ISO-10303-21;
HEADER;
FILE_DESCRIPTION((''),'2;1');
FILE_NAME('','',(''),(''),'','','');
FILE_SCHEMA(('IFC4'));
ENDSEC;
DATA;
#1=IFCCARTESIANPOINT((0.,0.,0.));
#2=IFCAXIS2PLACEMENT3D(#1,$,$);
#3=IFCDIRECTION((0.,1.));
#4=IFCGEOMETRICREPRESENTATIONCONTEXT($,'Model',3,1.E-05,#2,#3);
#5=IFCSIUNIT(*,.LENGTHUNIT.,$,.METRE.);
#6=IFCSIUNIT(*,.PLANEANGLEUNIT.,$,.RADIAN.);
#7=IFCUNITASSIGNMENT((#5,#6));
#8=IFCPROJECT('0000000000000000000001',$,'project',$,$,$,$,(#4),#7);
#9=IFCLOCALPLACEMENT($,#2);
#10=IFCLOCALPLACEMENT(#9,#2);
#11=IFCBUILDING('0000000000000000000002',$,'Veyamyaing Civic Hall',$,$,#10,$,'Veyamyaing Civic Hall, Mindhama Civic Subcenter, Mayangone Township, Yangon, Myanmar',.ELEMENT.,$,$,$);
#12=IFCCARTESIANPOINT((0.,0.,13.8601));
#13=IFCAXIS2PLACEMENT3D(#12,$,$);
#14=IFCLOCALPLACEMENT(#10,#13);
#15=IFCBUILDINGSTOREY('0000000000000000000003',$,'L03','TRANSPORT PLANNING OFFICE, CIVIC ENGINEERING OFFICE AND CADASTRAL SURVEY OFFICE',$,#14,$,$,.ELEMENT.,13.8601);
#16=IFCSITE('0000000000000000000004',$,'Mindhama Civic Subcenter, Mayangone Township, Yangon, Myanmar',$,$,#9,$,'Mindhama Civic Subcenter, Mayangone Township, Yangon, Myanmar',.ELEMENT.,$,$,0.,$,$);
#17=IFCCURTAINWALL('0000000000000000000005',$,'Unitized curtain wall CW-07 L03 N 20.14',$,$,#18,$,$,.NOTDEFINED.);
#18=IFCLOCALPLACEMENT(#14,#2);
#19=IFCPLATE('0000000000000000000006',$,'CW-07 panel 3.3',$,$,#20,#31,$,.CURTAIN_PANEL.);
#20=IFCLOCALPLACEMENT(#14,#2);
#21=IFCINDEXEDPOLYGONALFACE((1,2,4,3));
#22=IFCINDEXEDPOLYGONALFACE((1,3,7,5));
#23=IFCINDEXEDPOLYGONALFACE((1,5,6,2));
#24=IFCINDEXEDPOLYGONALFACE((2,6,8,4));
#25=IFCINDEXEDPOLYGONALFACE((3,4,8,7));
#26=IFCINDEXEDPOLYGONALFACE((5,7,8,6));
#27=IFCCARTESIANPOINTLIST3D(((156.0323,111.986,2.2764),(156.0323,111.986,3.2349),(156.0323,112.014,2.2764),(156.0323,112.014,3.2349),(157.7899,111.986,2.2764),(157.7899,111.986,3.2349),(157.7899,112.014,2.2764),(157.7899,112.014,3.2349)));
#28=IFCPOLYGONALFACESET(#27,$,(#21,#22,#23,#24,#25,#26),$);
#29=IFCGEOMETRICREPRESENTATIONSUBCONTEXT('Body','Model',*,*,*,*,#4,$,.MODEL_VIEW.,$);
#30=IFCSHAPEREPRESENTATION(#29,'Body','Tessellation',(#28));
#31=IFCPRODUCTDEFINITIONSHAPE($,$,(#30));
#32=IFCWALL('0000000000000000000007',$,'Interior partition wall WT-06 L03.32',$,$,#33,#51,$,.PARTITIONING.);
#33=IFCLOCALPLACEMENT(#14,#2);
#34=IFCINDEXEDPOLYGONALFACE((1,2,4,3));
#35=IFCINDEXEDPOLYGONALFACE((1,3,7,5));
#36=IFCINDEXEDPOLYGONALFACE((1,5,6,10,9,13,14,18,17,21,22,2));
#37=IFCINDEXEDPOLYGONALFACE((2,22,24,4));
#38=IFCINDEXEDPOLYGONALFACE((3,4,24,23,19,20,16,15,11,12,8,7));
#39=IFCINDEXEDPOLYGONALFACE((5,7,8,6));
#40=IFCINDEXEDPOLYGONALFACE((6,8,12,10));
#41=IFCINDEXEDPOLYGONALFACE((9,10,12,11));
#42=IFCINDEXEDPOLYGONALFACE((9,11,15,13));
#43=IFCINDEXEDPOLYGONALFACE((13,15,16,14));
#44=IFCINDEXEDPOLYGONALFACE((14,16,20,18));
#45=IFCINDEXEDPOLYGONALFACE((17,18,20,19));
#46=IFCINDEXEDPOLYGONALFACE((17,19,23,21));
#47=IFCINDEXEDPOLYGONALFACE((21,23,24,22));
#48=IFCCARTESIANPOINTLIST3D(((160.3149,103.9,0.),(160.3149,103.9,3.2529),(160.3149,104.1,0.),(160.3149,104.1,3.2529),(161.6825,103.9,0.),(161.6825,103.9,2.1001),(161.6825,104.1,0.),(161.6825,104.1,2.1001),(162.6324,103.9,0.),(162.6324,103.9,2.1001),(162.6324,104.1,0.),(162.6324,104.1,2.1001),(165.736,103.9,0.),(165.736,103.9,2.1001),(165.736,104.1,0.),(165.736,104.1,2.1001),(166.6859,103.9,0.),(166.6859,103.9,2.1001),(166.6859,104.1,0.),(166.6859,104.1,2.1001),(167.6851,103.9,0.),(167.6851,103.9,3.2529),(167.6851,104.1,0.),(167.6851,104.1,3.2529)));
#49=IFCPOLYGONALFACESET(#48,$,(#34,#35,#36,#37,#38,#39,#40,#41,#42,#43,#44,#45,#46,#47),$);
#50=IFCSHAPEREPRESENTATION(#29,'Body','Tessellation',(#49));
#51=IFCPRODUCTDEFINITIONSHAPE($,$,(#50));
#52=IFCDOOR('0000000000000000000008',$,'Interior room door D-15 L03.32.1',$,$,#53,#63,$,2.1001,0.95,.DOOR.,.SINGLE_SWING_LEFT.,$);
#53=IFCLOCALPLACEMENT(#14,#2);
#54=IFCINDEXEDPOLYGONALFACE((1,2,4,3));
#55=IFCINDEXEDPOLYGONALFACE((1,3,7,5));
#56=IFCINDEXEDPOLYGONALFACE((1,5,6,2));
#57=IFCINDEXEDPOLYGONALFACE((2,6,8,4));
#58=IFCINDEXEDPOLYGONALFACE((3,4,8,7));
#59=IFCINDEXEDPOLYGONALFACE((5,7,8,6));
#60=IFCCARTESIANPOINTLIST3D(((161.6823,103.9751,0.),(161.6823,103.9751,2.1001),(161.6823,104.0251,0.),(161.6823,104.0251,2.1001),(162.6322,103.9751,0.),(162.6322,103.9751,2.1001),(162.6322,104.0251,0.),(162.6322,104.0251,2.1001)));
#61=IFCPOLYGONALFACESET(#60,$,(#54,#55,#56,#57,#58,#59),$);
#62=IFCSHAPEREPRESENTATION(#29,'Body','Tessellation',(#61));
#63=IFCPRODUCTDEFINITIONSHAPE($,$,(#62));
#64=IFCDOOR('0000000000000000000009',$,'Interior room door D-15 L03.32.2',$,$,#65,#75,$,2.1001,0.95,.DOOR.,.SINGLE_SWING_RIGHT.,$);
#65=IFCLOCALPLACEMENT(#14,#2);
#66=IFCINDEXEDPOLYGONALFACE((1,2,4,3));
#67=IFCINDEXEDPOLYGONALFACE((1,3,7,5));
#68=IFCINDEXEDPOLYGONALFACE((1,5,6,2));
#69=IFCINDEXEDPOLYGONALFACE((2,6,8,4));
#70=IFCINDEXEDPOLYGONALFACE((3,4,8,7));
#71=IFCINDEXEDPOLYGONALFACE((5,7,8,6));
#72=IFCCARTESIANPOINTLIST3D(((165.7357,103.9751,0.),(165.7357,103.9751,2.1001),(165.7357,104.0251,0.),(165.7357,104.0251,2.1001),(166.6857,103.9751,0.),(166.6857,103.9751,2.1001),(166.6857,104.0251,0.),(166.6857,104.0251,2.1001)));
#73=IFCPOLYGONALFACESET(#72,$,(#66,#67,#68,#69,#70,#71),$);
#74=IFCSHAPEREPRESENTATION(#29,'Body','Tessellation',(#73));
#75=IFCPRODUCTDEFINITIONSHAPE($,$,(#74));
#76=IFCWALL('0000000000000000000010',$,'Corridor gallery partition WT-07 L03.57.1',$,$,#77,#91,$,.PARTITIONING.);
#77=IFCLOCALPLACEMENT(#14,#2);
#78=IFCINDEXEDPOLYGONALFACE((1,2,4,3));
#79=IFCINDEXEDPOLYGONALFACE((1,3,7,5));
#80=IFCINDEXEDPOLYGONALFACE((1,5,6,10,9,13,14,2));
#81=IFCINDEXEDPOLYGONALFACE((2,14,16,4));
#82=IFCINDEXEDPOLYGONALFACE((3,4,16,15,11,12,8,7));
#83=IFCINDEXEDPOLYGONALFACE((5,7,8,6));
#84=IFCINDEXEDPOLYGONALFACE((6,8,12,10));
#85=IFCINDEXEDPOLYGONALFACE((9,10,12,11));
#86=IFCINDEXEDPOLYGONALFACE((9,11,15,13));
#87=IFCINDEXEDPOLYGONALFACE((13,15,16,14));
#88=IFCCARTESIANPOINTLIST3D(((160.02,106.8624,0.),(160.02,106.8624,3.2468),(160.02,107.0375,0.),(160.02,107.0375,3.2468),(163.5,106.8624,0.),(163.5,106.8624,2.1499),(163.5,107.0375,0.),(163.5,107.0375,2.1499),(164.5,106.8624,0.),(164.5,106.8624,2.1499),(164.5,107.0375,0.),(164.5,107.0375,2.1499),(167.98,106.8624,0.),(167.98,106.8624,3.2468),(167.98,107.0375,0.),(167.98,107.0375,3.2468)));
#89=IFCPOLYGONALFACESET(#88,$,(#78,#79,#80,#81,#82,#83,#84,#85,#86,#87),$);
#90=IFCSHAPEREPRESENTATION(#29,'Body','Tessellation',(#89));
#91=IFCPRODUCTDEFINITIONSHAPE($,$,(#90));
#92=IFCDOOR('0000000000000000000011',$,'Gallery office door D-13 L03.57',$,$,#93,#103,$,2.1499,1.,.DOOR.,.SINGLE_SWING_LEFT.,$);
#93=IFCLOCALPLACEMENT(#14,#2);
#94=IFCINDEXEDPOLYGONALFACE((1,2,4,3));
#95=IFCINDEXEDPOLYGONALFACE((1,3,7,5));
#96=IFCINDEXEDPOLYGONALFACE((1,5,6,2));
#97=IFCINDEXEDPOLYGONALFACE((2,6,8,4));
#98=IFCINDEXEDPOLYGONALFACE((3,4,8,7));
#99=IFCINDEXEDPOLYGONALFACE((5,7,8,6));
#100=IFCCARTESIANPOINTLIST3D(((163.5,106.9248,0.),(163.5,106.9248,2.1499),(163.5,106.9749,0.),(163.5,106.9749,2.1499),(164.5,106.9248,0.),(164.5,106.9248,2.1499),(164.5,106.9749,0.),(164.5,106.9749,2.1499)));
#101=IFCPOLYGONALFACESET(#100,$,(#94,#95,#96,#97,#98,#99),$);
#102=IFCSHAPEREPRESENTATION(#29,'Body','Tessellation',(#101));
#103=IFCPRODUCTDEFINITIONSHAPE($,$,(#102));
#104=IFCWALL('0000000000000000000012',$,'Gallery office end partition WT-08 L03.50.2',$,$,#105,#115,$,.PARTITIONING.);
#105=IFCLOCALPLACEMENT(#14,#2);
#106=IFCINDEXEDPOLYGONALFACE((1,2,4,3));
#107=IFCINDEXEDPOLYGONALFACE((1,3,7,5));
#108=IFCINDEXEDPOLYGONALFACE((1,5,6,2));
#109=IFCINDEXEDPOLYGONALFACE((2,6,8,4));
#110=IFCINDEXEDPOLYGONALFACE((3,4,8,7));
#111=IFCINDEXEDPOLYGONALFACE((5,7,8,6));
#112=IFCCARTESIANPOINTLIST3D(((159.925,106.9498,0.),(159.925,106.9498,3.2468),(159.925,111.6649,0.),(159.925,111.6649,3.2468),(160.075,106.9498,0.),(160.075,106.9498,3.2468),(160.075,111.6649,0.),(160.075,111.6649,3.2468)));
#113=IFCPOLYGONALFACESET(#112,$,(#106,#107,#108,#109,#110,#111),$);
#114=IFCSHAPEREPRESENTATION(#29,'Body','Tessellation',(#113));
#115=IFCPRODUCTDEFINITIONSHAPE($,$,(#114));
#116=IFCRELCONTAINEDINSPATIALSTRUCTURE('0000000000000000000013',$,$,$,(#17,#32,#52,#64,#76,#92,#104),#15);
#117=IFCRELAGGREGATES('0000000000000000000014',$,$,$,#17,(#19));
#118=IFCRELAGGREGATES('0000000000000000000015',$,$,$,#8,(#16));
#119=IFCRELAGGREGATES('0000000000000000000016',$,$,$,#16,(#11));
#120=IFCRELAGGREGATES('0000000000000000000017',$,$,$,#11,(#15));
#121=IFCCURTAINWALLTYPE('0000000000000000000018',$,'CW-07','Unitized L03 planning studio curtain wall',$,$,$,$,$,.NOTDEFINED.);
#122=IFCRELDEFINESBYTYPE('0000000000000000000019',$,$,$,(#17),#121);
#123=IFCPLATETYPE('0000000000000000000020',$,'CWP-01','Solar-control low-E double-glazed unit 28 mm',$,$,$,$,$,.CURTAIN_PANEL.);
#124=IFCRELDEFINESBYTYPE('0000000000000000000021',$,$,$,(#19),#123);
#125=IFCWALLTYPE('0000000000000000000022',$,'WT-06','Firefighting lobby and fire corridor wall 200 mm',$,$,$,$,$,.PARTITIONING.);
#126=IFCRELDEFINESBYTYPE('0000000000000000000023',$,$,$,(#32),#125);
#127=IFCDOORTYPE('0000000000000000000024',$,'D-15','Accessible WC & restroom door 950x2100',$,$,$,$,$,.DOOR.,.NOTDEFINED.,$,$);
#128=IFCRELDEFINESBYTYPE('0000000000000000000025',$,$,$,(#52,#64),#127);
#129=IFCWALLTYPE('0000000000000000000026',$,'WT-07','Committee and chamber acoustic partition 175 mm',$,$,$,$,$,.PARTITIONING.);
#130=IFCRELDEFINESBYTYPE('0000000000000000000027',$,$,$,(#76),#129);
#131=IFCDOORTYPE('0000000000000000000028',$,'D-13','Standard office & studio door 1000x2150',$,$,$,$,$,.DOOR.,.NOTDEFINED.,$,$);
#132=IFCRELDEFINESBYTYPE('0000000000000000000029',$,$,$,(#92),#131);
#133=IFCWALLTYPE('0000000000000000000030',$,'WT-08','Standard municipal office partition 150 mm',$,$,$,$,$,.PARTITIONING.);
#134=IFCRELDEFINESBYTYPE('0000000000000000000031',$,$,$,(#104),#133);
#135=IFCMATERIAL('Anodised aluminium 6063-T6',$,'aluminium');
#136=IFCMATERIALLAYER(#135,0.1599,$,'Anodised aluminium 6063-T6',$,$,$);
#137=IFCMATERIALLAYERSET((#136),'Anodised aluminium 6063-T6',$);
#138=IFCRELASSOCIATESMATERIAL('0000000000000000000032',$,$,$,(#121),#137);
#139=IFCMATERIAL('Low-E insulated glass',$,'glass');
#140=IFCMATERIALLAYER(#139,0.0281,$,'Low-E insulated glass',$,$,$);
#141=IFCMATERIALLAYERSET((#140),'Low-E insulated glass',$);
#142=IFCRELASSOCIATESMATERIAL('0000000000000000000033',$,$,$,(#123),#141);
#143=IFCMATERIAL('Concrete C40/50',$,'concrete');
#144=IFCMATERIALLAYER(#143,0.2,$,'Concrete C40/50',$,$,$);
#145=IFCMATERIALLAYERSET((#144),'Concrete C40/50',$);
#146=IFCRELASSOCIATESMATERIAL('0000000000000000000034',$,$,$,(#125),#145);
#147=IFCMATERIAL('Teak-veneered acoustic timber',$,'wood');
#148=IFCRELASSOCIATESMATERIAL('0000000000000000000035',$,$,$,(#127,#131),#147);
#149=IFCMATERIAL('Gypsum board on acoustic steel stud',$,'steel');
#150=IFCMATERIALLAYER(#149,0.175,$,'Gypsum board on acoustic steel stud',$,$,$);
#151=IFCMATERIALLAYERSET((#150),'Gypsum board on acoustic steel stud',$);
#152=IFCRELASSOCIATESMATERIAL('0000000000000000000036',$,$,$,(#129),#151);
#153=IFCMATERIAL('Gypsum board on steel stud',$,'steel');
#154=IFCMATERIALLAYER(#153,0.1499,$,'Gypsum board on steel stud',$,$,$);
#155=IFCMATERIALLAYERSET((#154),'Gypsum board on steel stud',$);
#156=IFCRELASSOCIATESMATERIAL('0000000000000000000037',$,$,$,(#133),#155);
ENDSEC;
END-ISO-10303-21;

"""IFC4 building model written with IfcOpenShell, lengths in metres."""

from ifc_helpers import new_model, si_unit, direction, frame, frame_2d, origin, origin_2d, place, context, subcontext, project, spatial, rectangle, extrude, material, layer, layer_set, type_object, element, fill, aggregate, save


model = new_model("IFC4")

# Units and contexts
model_context = context("Model", 3, precision=1e-05, world=origin(), true_north=direction((0.0, 1.0)))
body_context = subcontext(model_context, "Body", "Model", "MODEL_VIEW")
ifc_project = project(units=[si_unit("LENGTHUNIT", "METRE"), si_unit("PLANEANGLEUNIT", "RADIAN")], contexts=[model_context])

# Site, building, storey
site_placement = place(None, origin())
site = spatial("IfcSite", under=ifc_project, at=site_placement, Name="Mindhama Civic Subcenter, Mayangone Township, Yangon, Myanmar", LongName="Mindhama Civic Subcenter, Mayangone Township, Yangon, Myanmar", CompositionType="ELEMENT", RefElevation=0.0)
building_placement = place(site_placement, origin())
building = spatial("IfcBuilding", under=site, at=building_placement, Name="Veyamyaing Civic Hall", LongName="Veyamyaing Civic Hall, Mindhama Civic Subcenter, Mayangone Township, Yangon, Myanmar", CompositionType="ELEMENT")
storey_placement = place(building_placement, frame((0.0, 0.0, 13.8601)))
storey = spatial("IfcBuildingStorey", under=building, at=storey_placement, Name="L03", Description="TRANSPORT PLANNING OFFICE, CIVIC ENGINEERING OFFICE AND CADASTRAL SURVEY OFFICE", CompositionType="ELEMENT", Elevation=13.8601)

# Curtain wall
ifc_material_1 = material(Name="Anodised aluminium 6063-T6", Category="aluminium")
ifc_layer_1 = layer(ifc_material_1, 0.1599, Name="Anodised aluminium 6063-T6")
ifc_layer_set_1 = layer_set([ifc_layer_1], Name="Anodised aluminium 6063-T6")
curtain_wall_type = type_object("IfcCurtainWallType", Name="CW-07", Description="Unitized L03 planning studio curtain wall", PredefinedType="NOTDEFINED", material=ifc_layer_set_1)
curtain_wall_placement = place(storey_placement, origin())
curtain_wall = element("IfcCurtainWall", 1, at=curtain_wall_placement, inside=storey, type_object=curtain_wall_type, Name="Unitized curtain wall CW-07 L03 N 20.14", PredefinedType="NOTDEFINED")

# Plate
ifc_material_2 = material(Name="Low-E insulated glass", Category="glass")
ifc_layer_2 = layer(ifc_material_2, 0.0281, Name="Low-E insulated glass")
ifc_layer_set_2 = layer_set([ifc_layer_2], Name="Low-E insulated glass")
plate_type = type_object("IfcPlateType", Name="CWP-01", Description="Solar-control low-E double-glazed unit 28 mm", PredefinedType="CURTAIN_PANEL", material=ifc_layer_set_2)
plate_1_placement = place(storey_placement, frame((156.9111, 112.0, 2.2764), z_axis=(0.0, 0.0, 1.0), x_axis=(1.0, 0.0, 0.0)))
plate_1 = element("IfcPlate", 2, at=plate_1_placement, type_object=plate_type, Name="CW-07 panel 3.3", PredefinedType="CURTAIN_PANEL", context=body_context, shape_type="SweptSolid", body=[
    extrude(rectangle(XDim=1.7576, YDim=0.0281, at=origin_2d()), origin(), (0.0, 0.0, 1.0), 0.9585),
])
aggregate(curtain_wall, [plate_1])

# Wall, openings, doors
ifc_material_3 = material(Name="Concrete C40/50", Category="concrete")
ifc_layer_3 = layer(ifc_material_3, 0.2, Name="Concrete C40/50")
ifc_layer_set_3 = layer_set([ifc_layer_3], Name="Concrete C40/50")
wall_type_1 = type_object("IfcWallType", Name="WT-06", Description="Firefighting lobby and fire corridor wall 200 mm", PredefinedType="PARTITIONING", material=ifc_layer_set_3)
wall_1_placement = place(storey_placement, frame((160.3149, 104.0, 0.0), z_axis=(0.0, 0.0, 1.0), x_axis=(1.0, 0.0, 0.0)))
wall_1 = element("IfcWall", 3, at=wall_1_placement, inside=storey, type_object=wall_type_1, Name="Interior partition wall WT-06 L03.32", PredefinedType="PARTITIONING", context=body_context, shape_type="SweptSolid", body=[
    extrude(rectangle(XDim=7.3701, YDim=0.2, at=frame_2d((3.6851, 0.0))), origin(), (0.0, 0.0, 1.0), 3.2529),
])
opening_1_placement = place(wall_1_placement, frame((1.3674, 0.0, 0.0)))
opening_1 = element("IfcOpeningElement", 4, at=opening_1_placement, cuts=wall_1, PredefinedType="OPENING", context=body_context, shape_type="SweptSolid", body=[
    extrude(rectangle(XDim=0.95, YDim=2.1001, at=frame_2d((0.4751, 1.05))), frame((0.0, 0.1099, 0.0), z_axis=(0.0, -1.0, 0.0), x_axis=(1.0, 0.0, 0.0)), (0.0, 0.0, 1.0), 0.22),
])
opening_2_placement = place(wall_1_placement, frame((5.4209, 0.0, 0.0)))
opening_2 = element("IfcOpeningElement", 5, at=opening_2_placement, cuts=wall_1, PredefinedType="OPENING", context=body_context, shape_type="SweptSolid", body=[
    extrude(rectangle(XDim=0.95, YDim=2.1001, at=frame_2d((0.4751, 1.05))), frame((0.0, 0.1099, 0.0), z_axis=(0.0, -1.0, 0.0), x_axis=(1.0, 0.0, 0.0)), (0.0, 0.0, 1.0), 0.22),
])
ifc_material_4 = material(Name="Teak-veneered acoustic timber", Category="wood")
door_type_1 = type_object("IfcDoorType", Name="D-15", Description="Accessible WC & restroom door 950x2100", OperationType="NOTDEFINED", PredefinedType="DOOR", material=ifc_material_4)
door_1_placement = place(opening_1_placement, frame((0.95, 0.0, 0.0), z_axis=(0.0, 0.0, 1.0), x_axis=(-1.0, 0.0, 0.0)))
door_1 = element("IfcDoor", 6, at=door_1_placement, inside=storey, type_object=door_type_1, Name="Interior room door D-15 L03.32.1", OperationType="SINGLE_SWING_LEFT", OverallHeight=2.1001, OverallWidth=0.95, PredefinedType="DOOR", context=body_context, shape_type="SweptSolid", body=[
    extrude(rectangle(XDim=0.95, YDim=2.1001, at=frame_2d((0.4751, 1.05))), frame((0.0, 0.0249, 0.0), z_axis=(0.0, -1.0, 0.0), x_axis=(1.0, 0.0, 0.0)), (0.0, 0.0, 1.0), 0.05),
])
fill(opening_1, door_1)
door_2_placement = place(opening_2_placement, frame((0.95, 0.0, 0.0), z_axis=(0.0, 0.0, 1.0), x_axis=(-1.0, 0.0, 0.0)))
door_2 = element("IfcDoor", 7, at=door_2_placement, inside=storey, type_object=door_type_1, Name="Interior room door D-15 L03.32.2", OperationType="SINGLE_SWING_RIGHT", OverallHeight=2.1001, OverallWidth=0.95, PredefinedType="DOOR", context=body_context, shape_type="SweptSolid", body=[
    extrude(rectangle(XDim=0.95, YDim=2.1001, at=frame_2d((0.4751, 1.05))), frame((0.0, 0.0249, 0.0), z_axis=(0.0, -1.0, 0.0), x_axis=(1.0, 0.0, 0.0)), (0.0, 0.0, 1.0), 0.05),
])
fill(opening_2, door_2)

# Wall, opening, door
ifc_material_5 = material(Name="Gypsum board on acoustic steel stud", Category="steel")
ifc_layer_4 = layer(ifc_material_5, 0.175, Name="Gypsum board on acoustic steel stud")
ifc_layer_set_4 = layer_set([ifc_layer_4], Name="Gypsum board on acoustic steel stud")
wall_type_2 = type_object("IfcWallType", Name="WT-07", Description="Committee and chamber acoustic partition 175 mm", PredefinedType="PARTITIONING", material=ifc_layer_set_4)
wall_2_placement = place(storey_placement, frame((160.02, 106.95, 0.0), z_axis=(0.0, 0.0, 1.0), x_axis=(1.0, 0.0, 0.0)))
wall_2 = element("IfcWall", 8, at=wall_2_placement, inside=storey, type_object=wall_type_2, Name="Corridor gallery partition WT-07 L03.57.1", PredefinedType="PARTITIONING", context=body_context, shape_type="SweptSolid", body=[
    extrude(rectangle(XDim=7.96, YDim=0.175, at=frame_2d((3.98, 0.0))), origin(), (0.0, 0.0, 1.0), 3.2468),
])
opening_3_placement = place(wall_2_placement, frame((3.48, 0.0, 0.0)))
opening_3 = element("IfcOpeningElement", 9, at=opening_3_placement, cuts=wall_2, PredefinedType="OPENING", context=body_context, shape_type="SweptSolid", body=[
    extrude(rectangle(XDim=1.0, YDim=2.1499, at=frame_2d((0.5, 1.075))), frame((0.0, 0.0974, 0.0), z_axis=(0.0, -1.0, 0.0), x_axis=(1.0, 0.0, 0.0)), (0.0, 0.0, 1.0), 0.1951),
])
door_type_2 = type_object("IfcDoorType", Name="D-13", Description="Standard office & studio door 1000x2150", OperationType="NOTDEFINED", PredefinedType="DOOR", material=ifc_material_4)
door_3_placement = place(opening_3_placement, origin())
door_3 = element("IfcDoor", 10, at=door_3_placement, inside=storey, type_object=door_type_2, Name="Gallery office door D-13 L03.57", OperationType="SINGLE_SWING_LEFT", OverallHeight=2.1499, OverallWidth=1.0, PredefinedType="DOOR", context=body_context, shape_type="SweptSolid", body=[
    extrude(rectangle(XDim=1.0, YDim=2.1499, at=frame_2d((0.5, 1.075))), frame((0.0, 0.0249, 0.0), z_axis=(0.0, -1.0, 0.0), x_axis=(1.0, 0.0, 0.0)), (0.0, 0.0, 1.0), 0.05),
])
fill(opening_3, door_3)

# Wall
ifc_material_6 = material(Name="Gypsum board on steel stud", Category="steel")
ifc_layer_5 = layer(ifc_material_6, 0.1499, Name="Gypsum board on steel stud")
ifc_layer_set_5 = layer_set([ifc_layer_5], Name="Gypsum board on steel stud")
wall_type_3 = type_object("IfcWallType", Name="WT-08", Description="Standard municipal office partition 150 mm", PredefinedType="PARTITIONING", material=ifc_layer_set_5)
wall_3_placement = place(storey_placement, frame((160.0, 106.95, 0.0), z_axis=(0.0, 0.0, 1.0), x_axis=(0.0, 1.0, 0.0)))
element("IfcWall", 11, at=wall_3_placement, inside=storey, type_object=wall_type_3, Name="Gallery office end partition WT-08 L03.50.2", PredefinedType="PARTITIONING", context=body_context, shape_type="SweptSolid", body=[
    extrude(rectangle(XDim=4.7151, YDim=0.1499, at=frame_2d((2.3574, 0.0))), origin(), (0.0, 0.0, 1.0), 3.2468),
])

save(model, "model.ifc")
